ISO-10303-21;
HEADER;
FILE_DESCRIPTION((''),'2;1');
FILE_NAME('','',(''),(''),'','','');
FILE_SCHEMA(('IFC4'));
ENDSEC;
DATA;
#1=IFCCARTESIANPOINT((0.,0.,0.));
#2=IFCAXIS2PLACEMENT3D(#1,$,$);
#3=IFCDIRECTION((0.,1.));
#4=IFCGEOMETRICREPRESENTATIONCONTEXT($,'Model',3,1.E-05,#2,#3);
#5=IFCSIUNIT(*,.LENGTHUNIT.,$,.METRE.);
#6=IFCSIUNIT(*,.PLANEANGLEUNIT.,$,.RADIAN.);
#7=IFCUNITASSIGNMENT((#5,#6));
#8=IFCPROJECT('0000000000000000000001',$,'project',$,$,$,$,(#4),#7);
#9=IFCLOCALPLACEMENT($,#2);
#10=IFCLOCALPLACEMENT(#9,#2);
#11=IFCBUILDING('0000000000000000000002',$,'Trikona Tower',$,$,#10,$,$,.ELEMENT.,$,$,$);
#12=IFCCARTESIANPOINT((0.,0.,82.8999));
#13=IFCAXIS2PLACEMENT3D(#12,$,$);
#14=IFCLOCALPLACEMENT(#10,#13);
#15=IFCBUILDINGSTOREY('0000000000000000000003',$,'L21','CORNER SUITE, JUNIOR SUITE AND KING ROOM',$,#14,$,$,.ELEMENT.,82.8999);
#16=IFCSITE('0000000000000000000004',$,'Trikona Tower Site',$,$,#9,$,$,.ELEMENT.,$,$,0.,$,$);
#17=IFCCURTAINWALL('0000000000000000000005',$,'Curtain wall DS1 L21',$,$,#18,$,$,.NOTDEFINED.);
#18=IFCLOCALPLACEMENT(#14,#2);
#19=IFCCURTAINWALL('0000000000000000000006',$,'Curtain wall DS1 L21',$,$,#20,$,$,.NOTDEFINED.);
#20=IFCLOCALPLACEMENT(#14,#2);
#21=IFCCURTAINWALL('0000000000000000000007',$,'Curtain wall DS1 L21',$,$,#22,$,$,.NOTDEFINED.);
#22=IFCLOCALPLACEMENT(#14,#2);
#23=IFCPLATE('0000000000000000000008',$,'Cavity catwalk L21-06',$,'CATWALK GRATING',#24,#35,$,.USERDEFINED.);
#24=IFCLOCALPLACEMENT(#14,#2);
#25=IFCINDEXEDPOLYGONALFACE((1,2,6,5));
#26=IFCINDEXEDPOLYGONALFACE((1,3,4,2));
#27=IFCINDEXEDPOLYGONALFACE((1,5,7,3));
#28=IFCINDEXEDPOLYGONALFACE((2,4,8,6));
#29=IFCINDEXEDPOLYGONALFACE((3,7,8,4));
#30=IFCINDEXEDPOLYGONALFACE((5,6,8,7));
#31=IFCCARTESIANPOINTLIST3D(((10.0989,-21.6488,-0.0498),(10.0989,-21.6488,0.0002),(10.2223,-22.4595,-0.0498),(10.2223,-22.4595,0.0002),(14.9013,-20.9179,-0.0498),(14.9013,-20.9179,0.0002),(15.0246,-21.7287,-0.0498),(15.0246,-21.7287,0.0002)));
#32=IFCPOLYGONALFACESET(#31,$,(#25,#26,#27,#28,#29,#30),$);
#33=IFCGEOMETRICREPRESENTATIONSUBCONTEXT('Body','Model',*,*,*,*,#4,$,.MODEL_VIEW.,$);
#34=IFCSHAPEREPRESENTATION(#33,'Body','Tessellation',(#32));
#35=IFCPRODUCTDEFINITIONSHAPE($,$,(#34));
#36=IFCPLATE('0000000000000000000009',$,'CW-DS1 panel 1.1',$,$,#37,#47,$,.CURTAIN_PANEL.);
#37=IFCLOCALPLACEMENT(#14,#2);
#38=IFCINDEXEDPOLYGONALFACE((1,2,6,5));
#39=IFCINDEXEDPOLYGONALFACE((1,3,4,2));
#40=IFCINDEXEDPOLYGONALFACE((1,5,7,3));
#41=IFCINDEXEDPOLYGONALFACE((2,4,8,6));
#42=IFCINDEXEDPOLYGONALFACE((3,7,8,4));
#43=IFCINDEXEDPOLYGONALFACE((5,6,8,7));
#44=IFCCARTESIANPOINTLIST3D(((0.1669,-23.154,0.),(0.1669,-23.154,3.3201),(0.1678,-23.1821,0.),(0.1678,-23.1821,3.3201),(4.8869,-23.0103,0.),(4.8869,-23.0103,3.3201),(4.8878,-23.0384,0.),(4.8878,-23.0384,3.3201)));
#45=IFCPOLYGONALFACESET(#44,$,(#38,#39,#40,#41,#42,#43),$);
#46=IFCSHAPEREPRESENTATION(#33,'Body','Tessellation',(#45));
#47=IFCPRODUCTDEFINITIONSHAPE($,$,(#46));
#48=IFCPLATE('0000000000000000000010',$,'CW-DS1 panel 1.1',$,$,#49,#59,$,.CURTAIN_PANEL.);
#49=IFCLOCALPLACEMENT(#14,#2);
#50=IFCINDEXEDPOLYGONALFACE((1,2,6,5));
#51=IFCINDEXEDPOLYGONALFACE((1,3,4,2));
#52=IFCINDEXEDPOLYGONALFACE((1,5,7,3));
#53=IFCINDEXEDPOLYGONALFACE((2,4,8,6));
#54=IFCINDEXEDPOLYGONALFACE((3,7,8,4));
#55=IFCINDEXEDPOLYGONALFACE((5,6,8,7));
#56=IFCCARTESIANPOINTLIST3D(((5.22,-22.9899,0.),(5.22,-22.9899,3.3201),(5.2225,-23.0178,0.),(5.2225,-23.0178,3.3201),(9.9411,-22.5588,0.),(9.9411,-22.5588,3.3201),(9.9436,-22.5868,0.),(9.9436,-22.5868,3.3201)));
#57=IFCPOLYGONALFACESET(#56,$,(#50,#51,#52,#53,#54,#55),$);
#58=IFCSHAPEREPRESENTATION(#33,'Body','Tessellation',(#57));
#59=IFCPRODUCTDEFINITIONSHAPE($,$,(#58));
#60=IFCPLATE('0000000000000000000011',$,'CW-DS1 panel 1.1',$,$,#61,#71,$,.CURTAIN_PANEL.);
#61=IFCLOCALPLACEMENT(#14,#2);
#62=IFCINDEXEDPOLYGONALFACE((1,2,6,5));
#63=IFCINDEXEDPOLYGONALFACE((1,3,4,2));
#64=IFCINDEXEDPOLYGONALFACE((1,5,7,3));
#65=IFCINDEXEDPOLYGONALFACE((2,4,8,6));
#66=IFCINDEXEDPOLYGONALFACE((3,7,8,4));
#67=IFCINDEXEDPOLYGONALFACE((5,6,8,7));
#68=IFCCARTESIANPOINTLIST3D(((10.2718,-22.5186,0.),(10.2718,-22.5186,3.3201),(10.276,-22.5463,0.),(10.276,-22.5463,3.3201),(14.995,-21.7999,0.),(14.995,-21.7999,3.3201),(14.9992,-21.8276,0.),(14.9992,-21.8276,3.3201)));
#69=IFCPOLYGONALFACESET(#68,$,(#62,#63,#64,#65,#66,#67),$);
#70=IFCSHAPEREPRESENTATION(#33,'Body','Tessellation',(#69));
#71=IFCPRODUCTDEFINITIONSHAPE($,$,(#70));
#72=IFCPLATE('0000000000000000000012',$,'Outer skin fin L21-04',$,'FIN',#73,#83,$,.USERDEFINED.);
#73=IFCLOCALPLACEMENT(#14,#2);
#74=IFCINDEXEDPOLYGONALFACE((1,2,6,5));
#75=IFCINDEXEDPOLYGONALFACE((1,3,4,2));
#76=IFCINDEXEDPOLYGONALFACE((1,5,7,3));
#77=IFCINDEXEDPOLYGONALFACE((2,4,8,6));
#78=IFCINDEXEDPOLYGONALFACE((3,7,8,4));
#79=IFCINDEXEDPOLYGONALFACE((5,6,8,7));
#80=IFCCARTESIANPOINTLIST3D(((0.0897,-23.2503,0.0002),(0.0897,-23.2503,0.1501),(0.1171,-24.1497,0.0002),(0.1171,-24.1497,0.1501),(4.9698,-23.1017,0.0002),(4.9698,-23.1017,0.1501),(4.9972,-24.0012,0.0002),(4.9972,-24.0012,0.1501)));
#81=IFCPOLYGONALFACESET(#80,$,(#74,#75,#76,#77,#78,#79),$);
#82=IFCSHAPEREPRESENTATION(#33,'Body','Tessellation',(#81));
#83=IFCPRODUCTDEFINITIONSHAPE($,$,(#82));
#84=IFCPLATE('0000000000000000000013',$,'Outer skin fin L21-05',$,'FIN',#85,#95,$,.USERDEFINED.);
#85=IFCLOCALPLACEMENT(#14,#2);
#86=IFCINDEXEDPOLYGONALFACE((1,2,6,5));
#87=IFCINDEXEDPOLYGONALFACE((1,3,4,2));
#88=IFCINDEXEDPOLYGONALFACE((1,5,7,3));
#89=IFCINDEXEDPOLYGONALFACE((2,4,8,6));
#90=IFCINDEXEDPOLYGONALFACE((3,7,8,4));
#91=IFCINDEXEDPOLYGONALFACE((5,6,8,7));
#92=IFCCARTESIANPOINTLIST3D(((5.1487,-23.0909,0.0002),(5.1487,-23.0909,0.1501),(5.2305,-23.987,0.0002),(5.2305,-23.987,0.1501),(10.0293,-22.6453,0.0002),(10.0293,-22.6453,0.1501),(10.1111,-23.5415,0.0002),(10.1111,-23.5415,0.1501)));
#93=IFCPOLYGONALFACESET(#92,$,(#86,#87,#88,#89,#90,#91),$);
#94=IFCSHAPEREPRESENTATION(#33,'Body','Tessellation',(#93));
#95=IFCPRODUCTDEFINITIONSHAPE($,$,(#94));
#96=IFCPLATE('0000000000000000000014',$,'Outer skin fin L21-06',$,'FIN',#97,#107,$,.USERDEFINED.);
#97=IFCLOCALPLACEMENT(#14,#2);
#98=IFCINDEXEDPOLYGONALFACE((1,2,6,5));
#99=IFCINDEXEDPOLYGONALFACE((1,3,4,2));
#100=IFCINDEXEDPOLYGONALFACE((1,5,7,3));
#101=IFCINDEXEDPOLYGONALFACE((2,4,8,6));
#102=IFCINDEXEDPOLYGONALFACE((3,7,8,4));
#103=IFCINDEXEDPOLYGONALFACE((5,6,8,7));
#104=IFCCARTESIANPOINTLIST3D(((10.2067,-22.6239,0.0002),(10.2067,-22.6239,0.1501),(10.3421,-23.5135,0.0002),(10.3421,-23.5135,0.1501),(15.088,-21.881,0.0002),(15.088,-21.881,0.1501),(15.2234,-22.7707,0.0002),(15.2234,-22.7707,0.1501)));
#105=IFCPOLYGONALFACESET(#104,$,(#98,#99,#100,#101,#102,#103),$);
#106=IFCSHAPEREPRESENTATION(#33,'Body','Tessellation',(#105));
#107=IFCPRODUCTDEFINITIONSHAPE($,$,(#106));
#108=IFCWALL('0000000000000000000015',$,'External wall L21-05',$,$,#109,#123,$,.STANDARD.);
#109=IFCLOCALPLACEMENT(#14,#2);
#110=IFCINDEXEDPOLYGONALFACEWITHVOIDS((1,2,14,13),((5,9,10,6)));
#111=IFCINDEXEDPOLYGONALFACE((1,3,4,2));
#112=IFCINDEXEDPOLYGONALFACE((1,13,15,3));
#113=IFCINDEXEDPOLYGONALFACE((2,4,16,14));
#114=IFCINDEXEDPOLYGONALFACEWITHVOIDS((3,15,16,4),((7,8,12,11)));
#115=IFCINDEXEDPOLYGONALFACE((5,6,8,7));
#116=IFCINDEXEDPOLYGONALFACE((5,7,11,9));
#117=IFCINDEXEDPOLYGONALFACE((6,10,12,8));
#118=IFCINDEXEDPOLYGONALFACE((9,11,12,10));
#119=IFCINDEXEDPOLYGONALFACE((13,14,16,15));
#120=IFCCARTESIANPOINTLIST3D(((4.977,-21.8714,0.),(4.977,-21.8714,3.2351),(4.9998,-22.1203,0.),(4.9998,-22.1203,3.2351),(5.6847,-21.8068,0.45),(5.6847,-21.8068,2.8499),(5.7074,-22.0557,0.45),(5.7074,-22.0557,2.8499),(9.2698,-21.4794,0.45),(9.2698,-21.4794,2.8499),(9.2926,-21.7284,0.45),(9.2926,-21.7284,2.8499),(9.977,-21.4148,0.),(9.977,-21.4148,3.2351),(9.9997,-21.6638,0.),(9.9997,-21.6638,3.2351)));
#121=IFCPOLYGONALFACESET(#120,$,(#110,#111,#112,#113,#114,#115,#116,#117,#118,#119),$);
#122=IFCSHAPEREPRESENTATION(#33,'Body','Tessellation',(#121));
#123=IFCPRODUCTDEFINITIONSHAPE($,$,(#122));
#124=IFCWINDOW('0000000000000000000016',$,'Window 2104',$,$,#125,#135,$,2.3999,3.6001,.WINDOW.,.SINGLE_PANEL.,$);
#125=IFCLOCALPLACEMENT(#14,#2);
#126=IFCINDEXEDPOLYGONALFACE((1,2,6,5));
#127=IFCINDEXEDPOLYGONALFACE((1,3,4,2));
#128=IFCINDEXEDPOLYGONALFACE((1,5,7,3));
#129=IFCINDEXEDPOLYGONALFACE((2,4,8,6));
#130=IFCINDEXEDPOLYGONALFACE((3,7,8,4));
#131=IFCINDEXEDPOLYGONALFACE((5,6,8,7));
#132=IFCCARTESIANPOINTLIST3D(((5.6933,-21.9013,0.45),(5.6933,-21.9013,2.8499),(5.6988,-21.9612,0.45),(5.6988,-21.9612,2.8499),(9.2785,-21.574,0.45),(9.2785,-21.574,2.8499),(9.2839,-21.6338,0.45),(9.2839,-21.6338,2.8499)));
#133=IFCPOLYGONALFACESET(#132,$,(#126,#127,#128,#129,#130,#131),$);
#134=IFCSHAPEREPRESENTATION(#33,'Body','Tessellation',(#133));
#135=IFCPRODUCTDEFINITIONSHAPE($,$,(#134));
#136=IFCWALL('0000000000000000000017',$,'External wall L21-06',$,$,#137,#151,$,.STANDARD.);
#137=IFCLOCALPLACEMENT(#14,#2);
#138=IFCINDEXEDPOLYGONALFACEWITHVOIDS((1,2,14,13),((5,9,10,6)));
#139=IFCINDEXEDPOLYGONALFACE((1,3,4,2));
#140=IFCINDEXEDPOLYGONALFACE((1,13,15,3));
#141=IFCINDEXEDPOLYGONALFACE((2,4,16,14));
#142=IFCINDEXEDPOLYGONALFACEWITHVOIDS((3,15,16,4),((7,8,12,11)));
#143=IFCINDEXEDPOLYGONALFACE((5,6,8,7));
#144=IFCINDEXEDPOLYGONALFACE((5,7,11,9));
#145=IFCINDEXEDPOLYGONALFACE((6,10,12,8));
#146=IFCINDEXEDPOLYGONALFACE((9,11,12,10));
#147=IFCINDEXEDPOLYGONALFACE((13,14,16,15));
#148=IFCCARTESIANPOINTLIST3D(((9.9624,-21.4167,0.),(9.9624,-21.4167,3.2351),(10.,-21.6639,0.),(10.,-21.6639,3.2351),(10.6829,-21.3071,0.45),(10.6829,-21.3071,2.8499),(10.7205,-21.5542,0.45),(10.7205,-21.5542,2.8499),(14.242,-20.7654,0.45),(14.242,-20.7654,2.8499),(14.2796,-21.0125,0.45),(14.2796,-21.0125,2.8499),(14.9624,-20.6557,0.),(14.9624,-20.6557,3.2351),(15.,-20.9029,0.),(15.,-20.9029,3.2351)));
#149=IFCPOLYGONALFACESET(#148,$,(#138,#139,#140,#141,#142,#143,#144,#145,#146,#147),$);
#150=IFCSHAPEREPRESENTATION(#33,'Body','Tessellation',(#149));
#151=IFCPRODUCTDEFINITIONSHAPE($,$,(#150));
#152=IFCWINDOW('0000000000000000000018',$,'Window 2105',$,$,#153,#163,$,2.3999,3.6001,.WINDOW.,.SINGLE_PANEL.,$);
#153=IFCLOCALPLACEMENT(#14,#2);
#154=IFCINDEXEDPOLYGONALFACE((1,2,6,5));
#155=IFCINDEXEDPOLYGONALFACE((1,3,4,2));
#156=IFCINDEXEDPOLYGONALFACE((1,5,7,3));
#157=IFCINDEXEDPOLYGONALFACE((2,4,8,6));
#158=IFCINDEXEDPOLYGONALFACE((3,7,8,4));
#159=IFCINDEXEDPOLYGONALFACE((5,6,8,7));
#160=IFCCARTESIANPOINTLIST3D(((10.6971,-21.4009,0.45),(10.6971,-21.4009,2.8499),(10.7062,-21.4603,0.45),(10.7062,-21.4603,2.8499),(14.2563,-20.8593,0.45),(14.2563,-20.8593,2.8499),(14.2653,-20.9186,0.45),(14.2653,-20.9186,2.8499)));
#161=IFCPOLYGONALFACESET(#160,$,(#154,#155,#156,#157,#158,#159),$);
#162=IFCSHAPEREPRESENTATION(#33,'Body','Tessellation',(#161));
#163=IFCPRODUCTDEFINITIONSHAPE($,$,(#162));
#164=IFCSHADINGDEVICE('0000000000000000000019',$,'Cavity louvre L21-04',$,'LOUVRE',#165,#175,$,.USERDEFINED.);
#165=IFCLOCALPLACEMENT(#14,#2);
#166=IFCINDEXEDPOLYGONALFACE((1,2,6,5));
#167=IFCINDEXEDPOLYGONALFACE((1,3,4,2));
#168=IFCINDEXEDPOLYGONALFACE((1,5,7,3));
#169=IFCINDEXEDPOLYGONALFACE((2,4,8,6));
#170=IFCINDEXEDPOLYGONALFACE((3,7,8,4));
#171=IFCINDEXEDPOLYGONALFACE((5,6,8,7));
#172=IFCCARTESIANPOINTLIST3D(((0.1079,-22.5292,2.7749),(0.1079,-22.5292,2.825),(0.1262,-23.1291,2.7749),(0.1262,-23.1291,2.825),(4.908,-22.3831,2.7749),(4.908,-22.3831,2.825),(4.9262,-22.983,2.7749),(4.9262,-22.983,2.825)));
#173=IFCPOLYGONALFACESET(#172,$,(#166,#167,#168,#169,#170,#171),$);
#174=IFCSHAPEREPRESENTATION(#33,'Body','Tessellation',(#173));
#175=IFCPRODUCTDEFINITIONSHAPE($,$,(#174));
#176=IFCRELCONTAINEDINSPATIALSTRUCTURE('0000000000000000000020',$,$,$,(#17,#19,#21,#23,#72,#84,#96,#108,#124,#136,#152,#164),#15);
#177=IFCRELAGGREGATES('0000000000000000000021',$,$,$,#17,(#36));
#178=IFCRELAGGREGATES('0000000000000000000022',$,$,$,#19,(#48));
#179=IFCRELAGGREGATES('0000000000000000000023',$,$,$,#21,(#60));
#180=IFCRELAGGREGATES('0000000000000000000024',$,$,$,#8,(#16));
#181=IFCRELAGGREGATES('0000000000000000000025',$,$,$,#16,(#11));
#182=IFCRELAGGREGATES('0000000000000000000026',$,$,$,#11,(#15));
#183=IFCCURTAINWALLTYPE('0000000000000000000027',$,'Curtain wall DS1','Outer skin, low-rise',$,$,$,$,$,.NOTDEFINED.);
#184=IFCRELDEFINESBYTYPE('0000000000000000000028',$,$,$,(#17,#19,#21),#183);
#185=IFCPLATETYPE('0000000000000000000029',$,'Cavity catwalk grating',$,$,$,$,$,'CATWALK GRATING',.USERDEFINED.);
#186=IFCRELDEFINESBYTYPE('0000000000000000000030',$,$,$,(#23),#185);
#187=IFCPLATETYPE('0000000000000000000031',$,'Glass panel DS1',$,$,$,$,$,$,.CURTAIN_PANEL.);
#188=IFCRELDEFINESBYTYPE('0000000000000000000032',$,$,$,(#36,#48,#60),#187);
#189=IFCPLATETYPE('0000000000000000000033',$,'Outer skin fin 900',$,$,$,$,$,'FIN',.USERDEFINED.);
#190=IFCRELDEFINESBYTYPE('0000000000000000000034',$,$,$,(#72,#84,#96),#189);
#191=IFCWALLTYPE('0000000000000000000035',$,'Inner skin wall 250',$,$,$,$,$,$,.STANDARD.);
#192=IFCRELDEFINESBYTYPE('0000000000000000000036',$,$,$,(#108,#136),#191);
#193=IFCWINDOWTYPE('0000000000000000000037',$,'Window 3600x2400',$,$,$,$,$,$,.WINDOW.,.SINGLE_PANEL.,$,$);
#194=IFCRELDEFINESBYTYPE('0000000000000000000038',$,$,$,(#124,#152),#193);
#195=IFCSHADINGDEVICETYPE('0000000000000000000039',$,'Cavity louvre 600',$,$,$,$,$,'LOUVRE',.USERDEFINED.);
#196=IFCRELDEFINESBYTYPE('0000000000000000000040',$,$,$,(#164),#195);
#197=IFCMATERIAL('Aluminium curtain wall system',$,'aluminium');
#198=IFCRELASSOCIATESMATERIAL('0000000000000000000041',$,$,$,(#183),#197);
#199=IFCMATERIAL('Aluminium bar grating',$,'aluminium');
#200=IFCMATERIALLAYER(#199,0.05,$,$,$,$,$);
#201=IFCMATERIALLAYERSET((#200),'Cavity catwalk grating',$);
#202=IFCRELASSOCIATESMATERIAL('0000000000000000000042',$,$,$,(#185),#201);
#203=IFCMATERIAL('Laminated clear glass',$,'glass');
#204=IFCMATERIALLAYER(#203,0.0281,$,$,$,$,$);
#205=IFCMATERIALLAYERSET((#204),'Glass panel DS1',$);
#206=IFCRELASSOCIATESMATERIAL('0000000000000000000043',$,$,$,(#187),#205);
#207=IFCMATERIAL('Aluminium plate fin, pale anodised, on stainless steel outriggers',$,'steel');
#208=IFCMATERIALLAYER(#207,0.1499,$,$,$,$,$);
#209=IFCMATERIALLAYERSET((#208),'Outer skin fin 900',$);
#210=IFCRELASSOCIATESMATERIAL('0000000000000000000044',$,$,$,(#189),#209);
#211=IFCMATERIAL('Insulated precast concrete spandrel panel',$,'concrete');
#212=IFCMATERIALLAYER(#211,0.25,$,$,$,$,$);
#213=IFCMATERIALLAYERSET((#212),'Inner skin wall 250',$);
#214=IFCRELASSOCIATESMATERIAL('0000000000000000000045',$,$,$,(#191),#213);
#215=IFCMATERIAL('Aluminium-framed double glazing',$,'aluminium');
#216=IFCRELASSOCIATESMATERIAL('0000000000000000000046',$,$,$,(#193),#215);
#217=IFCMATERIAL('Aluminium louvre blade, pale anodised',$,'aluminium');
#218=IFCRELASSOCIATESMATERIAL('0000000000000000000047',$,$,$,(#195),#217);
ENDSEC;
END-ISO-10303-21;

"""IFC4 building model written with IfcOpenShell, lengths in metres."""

from ifc_helpers import new_model, si_unit, direction, frame, frame_2d, origin, origin_2d, place, context, subcontext, project, spatial, rectangle, extrude, material, layer, layer_set, type_object, element, fill, aggregate, save


model = new_model("IFC4")

# Units and contexts
model_context = context("Model", 3, precision=1e-05, world=origin(), true_north=direction((0.0, 1.0)))
body_context = subcontext(model_context, "Body", "Model", "MODEL_VIEW")
ifc_project = project(units=[si_unit("LENGTHUNIT", "METRE"), si_unit("PLANEANGLEUNIT", "RADIAN")], contexts=[model_context])

# Site, building, storey
site_placement = place(None, origin())
site = spatial("IfcSite", under=ifc_project, at=site_placement, Name="Trikona Tower Site", CompositionType="ELEMENT", RefElevation=0.0)
building_placement = place(site_placement, origin())
building = spatial("IfcBuilding", under=site, at=building_placement, Name="Trikona Tower", CompositionType="ELEMENT")
storey_placement = place(building_placement, frame((0.0, 0.0, 82.8999)))
storey = spatial("IfcBuildingStorey", under=building, at=storey_placement, Name="L21", Description="CORNER SUITE, JUNIOR SUITE AND KING ROOM", CompositionType="ELEMENT", Elevation=82.8999)

# Curtain walls
ifc_material_1 = material(Name="Aluminium curtain wall system", Category="aluminium")
curtain_wall_type = type_object("IfcCurtainWallType", Name="Curtain wall DS1", Description="Outer skin, low-rise", PredefinedType="NOTDEFINED", material=ifc_material_1)
curtain_wall_1_placement = place(storey_placement, origin())
curtain_wall_1 = element("IfcCurtainWall", 1, at=curtain_wall_1_placement, inside=storey, type_object=curtain_wall_type, Name="Curtain wall DS1 L21", PredefinedType="NOTDEFINED")
curtain_wall_2_placement = place(storey_placement, origin())
curtain_wall_2 = element("IfcCurtainWall", 2, at=curtain_wall_2_placement, inside=storey, type_object=curtain_wall_type, Name="Curtain wall DS1 L21", PredefinedType="NOTDEFINED")

# Curtain wall
curtain_wall_3_placement = place(storey_placement, origin())
curtain_wall_3 = element("IfcCurtainWall", 3, at=curtain_wall_3_placement, inside=storey, type_object=curtain_wall_type, Name="Curtain wall DS1 L21", PredefinedType="NOTDEFINED")

# Plate
ifc_material_2 = material(Name="Aluminium bar grating", Category="aluminium")
ifc_layer_1 = layer(ifc_material_2, 0.05)
ifc_layer_set_1 = layer_set([ifc_layer_1], Name="Cavity catwalk grating")
plate_type_1 = type_object("IfcPlateType", Name="Cavity catwalk grating", ElementType="CATWALK GRATING", PredefinedType="USERDEFINED", material=ifc_layer_set_1)
plate_1_placement = place(storey_placement, frame((12.5618, -21.6887, -0.0498), z_axis=(0.0, 0.0, 1.0), x_axis=(0.988618, 0.150448, 0.0)))
element("IfcPlate", 4, at=plate_1_placement, inside=storey, type_object=plate_type_1, Name="Cavity catwalk L21-06", ObjectType="CATWALK GRATING", PredefinedType="USERDEFINED", context=body_context, shape_type="SweptSolid", body=[
    extrude(rectangle(XDim=4.8577, YDim=0.8201, at=origin_2d()), origin(), (0.0, 0.0, 1.0), 0.05),
])

# Plates
ifc_material_3 = material(Name="Laminated clear glass", Category="glass")
ifc_layer_2 = layer(ifc_material_3, 0.0281)
ifc_layer_set_2 = layer_set([ifc_layer_2], Name="Glass panel DS1")
plate_type_2 = type_object("IfcPlateType", Name="Glass panel DS1", PredefinedType="CURTAIN_PANEL", material=ifc_layer_set_2)
plate_2_placement = place(storey_placement, frame((2.5273, -23.0962, 0.0), z_axis=(0.0, 0.0, 1.0), x_axis=(0.999537, 0.030437, 0.0)))
plate_2 = element("IfcPlate", 5, at=plate_2_placement, type_object=plate_type_2, Name="CW-DS1 panel 1.1", PredefinedType="CURTAIN_PANEL", context=body_context, shape_type="SweptSolid", body=[
    extrude(rectangle(XDim=4.7222, YDim=0.0281, at=origin_2d()), origin(), (0.0, 0.0, 1.0), 3.3201),
])
aggregate(curtain_wall_1, [plate_2])
plate_3_placement = place(storey_placement, frame((7.5818, -22.7883, 0.0), z_axis=(0.0, 0.0, 1.0), x_axis=(0.995858, 0.090924, 0.0)))
plate_3 = element("IfcPlate", 6, at=plate_3_placement, type_object=plate_type_2, Name="CW-DS1 panel 1.1", PredefinedType="CURTAIN_PANEL", context=body_context, shape_type="SweptSolid", body=[
    extrude(rectangle(XDim=4.7407, YDim=0.0281, at=origin_2d()), origin(), (0.0, 0.0, 1.0), 3.3201),
])
aggregate(curtain_wall_2, [plate_3])
plate_4_placement = place(storey_placement, frame((12.6355, -22.1731, 0.0), z_axis=(0.0, 0.0, 1.0), x_axis=(0.988619, 0.150438, 0.0)))
plate_4 = element("IfcPlate", 7, at=plate_4_placement, type_object=plate_type_2, Name="CW-DS1 panel 1.1", PredefinedType="CURTAIN_PANEL", context=body_context, shape_type="SweptSolid", body=[
    extrude(rectangle(XDim=4.7776, YDim=0.0281, at=origin_2d()), origin(), (0.0, 0.0, 1.0), 3.3201),
])
aggregate(curtain_wall_3, [plate_4])

# Plates
ifc_material_4 = material(Name="Aluminium plate fin, pale anodised, on stainless steel outriggers", Category="steel")
ifc_layer_3 = layer(ifc_material_4, 0.1499)
ifc_layer_set_3 = layer_set([ifc_layer_3], Name="Outer skin fin 900")
plate_type_3 = type_object("IfcPlateType", Name="Outer skin fin 900", ElementType="FIN", PredefinedType="USERDEFINED", material=ifc_layer_set_3)
plate_5_placement = place(storey_placement, frame((2.5435, -23.6257, 0.0002), z_axis=(0.0, 0.0, 1.0), x_axis=(0.999537, 0.030425, 0.0)))
element("IfcPlate", 8, at=plate_5_placement, inside=storey, type_object=plate_type_3, Name="Outer skin fin L21-04", ObjectType="FIN", PredefinedType="USERDEFINED", context=body_context, shape_type="SweptSolid", body=[
    extrude(rectangle(XDim=4.8823, YDim=0.8999, at=origin_2d()), origin(), (0.0, 0.0, 1.0), 0.1499),
])
plate_6_placement = place(storey_placement, frame((7.6299, -23.3162, 0.0002), z_axis=(0.0, 0.0, 1.0), x_axis=(0.995858, 0.090921, 0.0)))
element("IfcPlate", 9, at=plate_6_placement, inside=storey, type_object=plate_type_3, Name="Outer skin fin L21-05", ObjectType="FIN", PredefinedType="USERDEFINED", context=body_context, shape_type="SweptSolid", body=[
    extrude(rectangle(XDim=4.9009, YDim=0.8999, at=origin_2d()), origin(), (0.0, 0.0, 1.0), 0.1499),
])
plate_7_placement = place(storey_placement, frame((12.7151, -22.6973, 0.0002), z_axis=(0.0, 0.0, 1.0), x_axis=(0.988618, 0.150448, 0.0)))
element("IfcPlate", 10, at=plate_7_placement, inside=storey, type_object=plate_type_3, Name="Outer skin fin L21-06", ObjectType="FIN", PredefinedType="USERDEFINED", context=body_context, shape_type="SweptSolid", body=[
    extrude(rectangle(XDim=4.9375, YDim=0.8999, at=origin_2d()), origin(), (0.0, 0.0, 1.0), 0.1499),
])

# Walls, openings, windows
ifc_material_5 = material(Name="Insulated precast concrete spandrel panel", Category="concrete")
ifc_layer_4 = layer(ifc_material_5, 0.25)
ifc_layer_set_4 = layer_set([ifc_layer_4], Name="Inner skin wall 250")
wall_type = type_object("IfcWallType", Name="Inner skin wall 250", PredefinedType="STANDARD", material=ifc_layer_set_4)
wall_1_placement = place(storey_placement, frame((4.9885, -21.9958, 0.0), z_axis=(0.0, 0.0, 1.0), x_axis=(0.995857, 0.09093, 0.0)))
wall_1 = element("IfcWall", 11, at=wall_1_placement, inside=storey, type_object=wall_type, Name="External wall L21-05", PredefinedType="STANDARD", context=body_context, shape_type="SweptSolid", body=[
    extrude(rectangle(XDim=5.0208, YDim=0.25, at=frame_2d((2.5103, 0.0))), origin(), (0.0, 0.0, 1.0), 3.2351),
])
opening_1_placement = place(wall_1_placement, frame((0.7104, 0.0, 0.45)))
opening_1 = element("IfcOpeningElement", 12, at=opening_1_placement, cuts=wall_1, PredefinedType="OPENING", context=body_context, shape_type="SweptSolid", body=[
    extrude(rectangle(XDim=3.6001, YDim=2.3999, at=frame_2d((1.8, 1.2))), frame((0.0, 0.135, 0.0), z_axis=(0.0, -1.0, 0.0), x_axis=(1.0, 0.0, 0.0)), (0.0, 0.0, 1.0), 0.27),
])
ifc_material_6 = material(Name="Aluminium-framed double glazing", Category="aluminium")
window_type = type_object("IfcWindowType", Name="Window 3600x2400", PartitioningType="SINGLE_PANEL", PredefinedType="WINDOW", material=ifc_material_6)
window_1_placement = place(opening_1_placement, origin())
window_1 = element("IfcWindow", 13, at=window_1_placement, inside=storey, type_object=window_type, Name="Window 2104", OverallHeight=2.3999, OverallWidth=3.6001, PartitioningType="SINGLE_PANEL", PredefinedType="WINDOW", context=body_context, shape_type="SweptSolid", body=[
    extrude(rectangle(XDim=3.6001, YDim=2.3999, at=frame_2d((1.8, 1.2))), frame((0.0, 0.03, 0.0), z_axis=(0.0, -1.0, 0.0), x_axis=(1.0, 0.0, 0.0)), (0.0, 0.0, 1.0), 0.0601),
])
fill(opening_1, window_1)
wall_2_placement = place(storey_placement, frame((9.9812, -21.5403, 0.0), z_axis=(0.0, 0.0, 1.0), x_axis=(0.988615, 0.150465, 0.0)))
wall_2 = element("IfcWall", 14, at=wall_2_placement, inside=storey, type_object=wall_type, Name="External wall L21-06", PredefinedType="STANDARD", context=body_context, shape_type="SweptSolid", body=[
    extrude(rectangle(XDim=5.0576, YDim=0.25, at=frame_2d((2.5288, 0.0))), origin(), (0.0, 0.0, 1.0), 3.2351),
])
opening_2_placement = place(wall_2_placement, frame((0.7288, 0.0, 0.45)))
opening_2 = element("IfcOpeningElement", 15, at=opening_2_placement, cuts=wall_2, PredefinedType="OPENING", context=body_context, shape_type="SweptSolid", body=[
    extrude(rectangle(XDim=3.6001, YDim=2.3999, at=frame_2d((1.8, 1.2))), frame((0.0, 0.135, 0.0), z_axis=(0.0, -1.0, 0.0), x_axis=(1.0, 0.0, 0.0)), (0.0, 0.0, 1.0), 0.27),
])
window_2_placement = place(opening_2_placement, origin())
window_2 = element("IfcWindow", 16, at=window_2_placement, inside=storey, type_object=window_type, Name="Window 2105", OverallHeight=2.3999, OverallWidth=3.6001, PartitioningType="SINGLE_PANEL", PredefinedType="WINDOW", context=body_context, shape_type="SweptSolid", body=[
    extrude(rectangle(XDim=3.6001, YDim=2.3999, at=frame_2d((1.8, 1.2))), frame((0.0, 0.03, 0.0), z_axis=(0.0, -1.0, 0.0), x_axis=(1.0, 0.0, 0.0)), (0.0, 0.0, 1.0), 0.0601),
])
fill(opening_2, window_2)

# Shading device
ifc_material_7 = material(Name="Aluminium louvre blade, pale anodised", Category="aluminium")
shading_device_type = type_object("IfcShadingDeviceType", Name="Cavity louvre 600", ElementType="LOUVRE", PredefinedType="USERDEFINED", material=ifc_material_7)
shading_device_1_placement = place(storey_placement, frame((2.5171, -22.7561, 2.7749), z_axis=(0.0, 0.0, 1.0), x_axis=(0.999537, 0.030425, 0.0)))
element("IfcShadingDevice", 17, at=shading_device_1_placement, inside=storey, type_object=shading_device_type, Name="Cavity louvre L21-04", ObjectType="LOUVRE", PredefinedType="USERDEFINED", context=body_context, shape_type="SweptSolid", body=[
    extrude(rectangle(XDim=4.8022, YDim=0.6001, at=origin_2d()), origin(), (0.0, 0.0, 1.0), 0.05),
])

save(model, "model.ifc")
